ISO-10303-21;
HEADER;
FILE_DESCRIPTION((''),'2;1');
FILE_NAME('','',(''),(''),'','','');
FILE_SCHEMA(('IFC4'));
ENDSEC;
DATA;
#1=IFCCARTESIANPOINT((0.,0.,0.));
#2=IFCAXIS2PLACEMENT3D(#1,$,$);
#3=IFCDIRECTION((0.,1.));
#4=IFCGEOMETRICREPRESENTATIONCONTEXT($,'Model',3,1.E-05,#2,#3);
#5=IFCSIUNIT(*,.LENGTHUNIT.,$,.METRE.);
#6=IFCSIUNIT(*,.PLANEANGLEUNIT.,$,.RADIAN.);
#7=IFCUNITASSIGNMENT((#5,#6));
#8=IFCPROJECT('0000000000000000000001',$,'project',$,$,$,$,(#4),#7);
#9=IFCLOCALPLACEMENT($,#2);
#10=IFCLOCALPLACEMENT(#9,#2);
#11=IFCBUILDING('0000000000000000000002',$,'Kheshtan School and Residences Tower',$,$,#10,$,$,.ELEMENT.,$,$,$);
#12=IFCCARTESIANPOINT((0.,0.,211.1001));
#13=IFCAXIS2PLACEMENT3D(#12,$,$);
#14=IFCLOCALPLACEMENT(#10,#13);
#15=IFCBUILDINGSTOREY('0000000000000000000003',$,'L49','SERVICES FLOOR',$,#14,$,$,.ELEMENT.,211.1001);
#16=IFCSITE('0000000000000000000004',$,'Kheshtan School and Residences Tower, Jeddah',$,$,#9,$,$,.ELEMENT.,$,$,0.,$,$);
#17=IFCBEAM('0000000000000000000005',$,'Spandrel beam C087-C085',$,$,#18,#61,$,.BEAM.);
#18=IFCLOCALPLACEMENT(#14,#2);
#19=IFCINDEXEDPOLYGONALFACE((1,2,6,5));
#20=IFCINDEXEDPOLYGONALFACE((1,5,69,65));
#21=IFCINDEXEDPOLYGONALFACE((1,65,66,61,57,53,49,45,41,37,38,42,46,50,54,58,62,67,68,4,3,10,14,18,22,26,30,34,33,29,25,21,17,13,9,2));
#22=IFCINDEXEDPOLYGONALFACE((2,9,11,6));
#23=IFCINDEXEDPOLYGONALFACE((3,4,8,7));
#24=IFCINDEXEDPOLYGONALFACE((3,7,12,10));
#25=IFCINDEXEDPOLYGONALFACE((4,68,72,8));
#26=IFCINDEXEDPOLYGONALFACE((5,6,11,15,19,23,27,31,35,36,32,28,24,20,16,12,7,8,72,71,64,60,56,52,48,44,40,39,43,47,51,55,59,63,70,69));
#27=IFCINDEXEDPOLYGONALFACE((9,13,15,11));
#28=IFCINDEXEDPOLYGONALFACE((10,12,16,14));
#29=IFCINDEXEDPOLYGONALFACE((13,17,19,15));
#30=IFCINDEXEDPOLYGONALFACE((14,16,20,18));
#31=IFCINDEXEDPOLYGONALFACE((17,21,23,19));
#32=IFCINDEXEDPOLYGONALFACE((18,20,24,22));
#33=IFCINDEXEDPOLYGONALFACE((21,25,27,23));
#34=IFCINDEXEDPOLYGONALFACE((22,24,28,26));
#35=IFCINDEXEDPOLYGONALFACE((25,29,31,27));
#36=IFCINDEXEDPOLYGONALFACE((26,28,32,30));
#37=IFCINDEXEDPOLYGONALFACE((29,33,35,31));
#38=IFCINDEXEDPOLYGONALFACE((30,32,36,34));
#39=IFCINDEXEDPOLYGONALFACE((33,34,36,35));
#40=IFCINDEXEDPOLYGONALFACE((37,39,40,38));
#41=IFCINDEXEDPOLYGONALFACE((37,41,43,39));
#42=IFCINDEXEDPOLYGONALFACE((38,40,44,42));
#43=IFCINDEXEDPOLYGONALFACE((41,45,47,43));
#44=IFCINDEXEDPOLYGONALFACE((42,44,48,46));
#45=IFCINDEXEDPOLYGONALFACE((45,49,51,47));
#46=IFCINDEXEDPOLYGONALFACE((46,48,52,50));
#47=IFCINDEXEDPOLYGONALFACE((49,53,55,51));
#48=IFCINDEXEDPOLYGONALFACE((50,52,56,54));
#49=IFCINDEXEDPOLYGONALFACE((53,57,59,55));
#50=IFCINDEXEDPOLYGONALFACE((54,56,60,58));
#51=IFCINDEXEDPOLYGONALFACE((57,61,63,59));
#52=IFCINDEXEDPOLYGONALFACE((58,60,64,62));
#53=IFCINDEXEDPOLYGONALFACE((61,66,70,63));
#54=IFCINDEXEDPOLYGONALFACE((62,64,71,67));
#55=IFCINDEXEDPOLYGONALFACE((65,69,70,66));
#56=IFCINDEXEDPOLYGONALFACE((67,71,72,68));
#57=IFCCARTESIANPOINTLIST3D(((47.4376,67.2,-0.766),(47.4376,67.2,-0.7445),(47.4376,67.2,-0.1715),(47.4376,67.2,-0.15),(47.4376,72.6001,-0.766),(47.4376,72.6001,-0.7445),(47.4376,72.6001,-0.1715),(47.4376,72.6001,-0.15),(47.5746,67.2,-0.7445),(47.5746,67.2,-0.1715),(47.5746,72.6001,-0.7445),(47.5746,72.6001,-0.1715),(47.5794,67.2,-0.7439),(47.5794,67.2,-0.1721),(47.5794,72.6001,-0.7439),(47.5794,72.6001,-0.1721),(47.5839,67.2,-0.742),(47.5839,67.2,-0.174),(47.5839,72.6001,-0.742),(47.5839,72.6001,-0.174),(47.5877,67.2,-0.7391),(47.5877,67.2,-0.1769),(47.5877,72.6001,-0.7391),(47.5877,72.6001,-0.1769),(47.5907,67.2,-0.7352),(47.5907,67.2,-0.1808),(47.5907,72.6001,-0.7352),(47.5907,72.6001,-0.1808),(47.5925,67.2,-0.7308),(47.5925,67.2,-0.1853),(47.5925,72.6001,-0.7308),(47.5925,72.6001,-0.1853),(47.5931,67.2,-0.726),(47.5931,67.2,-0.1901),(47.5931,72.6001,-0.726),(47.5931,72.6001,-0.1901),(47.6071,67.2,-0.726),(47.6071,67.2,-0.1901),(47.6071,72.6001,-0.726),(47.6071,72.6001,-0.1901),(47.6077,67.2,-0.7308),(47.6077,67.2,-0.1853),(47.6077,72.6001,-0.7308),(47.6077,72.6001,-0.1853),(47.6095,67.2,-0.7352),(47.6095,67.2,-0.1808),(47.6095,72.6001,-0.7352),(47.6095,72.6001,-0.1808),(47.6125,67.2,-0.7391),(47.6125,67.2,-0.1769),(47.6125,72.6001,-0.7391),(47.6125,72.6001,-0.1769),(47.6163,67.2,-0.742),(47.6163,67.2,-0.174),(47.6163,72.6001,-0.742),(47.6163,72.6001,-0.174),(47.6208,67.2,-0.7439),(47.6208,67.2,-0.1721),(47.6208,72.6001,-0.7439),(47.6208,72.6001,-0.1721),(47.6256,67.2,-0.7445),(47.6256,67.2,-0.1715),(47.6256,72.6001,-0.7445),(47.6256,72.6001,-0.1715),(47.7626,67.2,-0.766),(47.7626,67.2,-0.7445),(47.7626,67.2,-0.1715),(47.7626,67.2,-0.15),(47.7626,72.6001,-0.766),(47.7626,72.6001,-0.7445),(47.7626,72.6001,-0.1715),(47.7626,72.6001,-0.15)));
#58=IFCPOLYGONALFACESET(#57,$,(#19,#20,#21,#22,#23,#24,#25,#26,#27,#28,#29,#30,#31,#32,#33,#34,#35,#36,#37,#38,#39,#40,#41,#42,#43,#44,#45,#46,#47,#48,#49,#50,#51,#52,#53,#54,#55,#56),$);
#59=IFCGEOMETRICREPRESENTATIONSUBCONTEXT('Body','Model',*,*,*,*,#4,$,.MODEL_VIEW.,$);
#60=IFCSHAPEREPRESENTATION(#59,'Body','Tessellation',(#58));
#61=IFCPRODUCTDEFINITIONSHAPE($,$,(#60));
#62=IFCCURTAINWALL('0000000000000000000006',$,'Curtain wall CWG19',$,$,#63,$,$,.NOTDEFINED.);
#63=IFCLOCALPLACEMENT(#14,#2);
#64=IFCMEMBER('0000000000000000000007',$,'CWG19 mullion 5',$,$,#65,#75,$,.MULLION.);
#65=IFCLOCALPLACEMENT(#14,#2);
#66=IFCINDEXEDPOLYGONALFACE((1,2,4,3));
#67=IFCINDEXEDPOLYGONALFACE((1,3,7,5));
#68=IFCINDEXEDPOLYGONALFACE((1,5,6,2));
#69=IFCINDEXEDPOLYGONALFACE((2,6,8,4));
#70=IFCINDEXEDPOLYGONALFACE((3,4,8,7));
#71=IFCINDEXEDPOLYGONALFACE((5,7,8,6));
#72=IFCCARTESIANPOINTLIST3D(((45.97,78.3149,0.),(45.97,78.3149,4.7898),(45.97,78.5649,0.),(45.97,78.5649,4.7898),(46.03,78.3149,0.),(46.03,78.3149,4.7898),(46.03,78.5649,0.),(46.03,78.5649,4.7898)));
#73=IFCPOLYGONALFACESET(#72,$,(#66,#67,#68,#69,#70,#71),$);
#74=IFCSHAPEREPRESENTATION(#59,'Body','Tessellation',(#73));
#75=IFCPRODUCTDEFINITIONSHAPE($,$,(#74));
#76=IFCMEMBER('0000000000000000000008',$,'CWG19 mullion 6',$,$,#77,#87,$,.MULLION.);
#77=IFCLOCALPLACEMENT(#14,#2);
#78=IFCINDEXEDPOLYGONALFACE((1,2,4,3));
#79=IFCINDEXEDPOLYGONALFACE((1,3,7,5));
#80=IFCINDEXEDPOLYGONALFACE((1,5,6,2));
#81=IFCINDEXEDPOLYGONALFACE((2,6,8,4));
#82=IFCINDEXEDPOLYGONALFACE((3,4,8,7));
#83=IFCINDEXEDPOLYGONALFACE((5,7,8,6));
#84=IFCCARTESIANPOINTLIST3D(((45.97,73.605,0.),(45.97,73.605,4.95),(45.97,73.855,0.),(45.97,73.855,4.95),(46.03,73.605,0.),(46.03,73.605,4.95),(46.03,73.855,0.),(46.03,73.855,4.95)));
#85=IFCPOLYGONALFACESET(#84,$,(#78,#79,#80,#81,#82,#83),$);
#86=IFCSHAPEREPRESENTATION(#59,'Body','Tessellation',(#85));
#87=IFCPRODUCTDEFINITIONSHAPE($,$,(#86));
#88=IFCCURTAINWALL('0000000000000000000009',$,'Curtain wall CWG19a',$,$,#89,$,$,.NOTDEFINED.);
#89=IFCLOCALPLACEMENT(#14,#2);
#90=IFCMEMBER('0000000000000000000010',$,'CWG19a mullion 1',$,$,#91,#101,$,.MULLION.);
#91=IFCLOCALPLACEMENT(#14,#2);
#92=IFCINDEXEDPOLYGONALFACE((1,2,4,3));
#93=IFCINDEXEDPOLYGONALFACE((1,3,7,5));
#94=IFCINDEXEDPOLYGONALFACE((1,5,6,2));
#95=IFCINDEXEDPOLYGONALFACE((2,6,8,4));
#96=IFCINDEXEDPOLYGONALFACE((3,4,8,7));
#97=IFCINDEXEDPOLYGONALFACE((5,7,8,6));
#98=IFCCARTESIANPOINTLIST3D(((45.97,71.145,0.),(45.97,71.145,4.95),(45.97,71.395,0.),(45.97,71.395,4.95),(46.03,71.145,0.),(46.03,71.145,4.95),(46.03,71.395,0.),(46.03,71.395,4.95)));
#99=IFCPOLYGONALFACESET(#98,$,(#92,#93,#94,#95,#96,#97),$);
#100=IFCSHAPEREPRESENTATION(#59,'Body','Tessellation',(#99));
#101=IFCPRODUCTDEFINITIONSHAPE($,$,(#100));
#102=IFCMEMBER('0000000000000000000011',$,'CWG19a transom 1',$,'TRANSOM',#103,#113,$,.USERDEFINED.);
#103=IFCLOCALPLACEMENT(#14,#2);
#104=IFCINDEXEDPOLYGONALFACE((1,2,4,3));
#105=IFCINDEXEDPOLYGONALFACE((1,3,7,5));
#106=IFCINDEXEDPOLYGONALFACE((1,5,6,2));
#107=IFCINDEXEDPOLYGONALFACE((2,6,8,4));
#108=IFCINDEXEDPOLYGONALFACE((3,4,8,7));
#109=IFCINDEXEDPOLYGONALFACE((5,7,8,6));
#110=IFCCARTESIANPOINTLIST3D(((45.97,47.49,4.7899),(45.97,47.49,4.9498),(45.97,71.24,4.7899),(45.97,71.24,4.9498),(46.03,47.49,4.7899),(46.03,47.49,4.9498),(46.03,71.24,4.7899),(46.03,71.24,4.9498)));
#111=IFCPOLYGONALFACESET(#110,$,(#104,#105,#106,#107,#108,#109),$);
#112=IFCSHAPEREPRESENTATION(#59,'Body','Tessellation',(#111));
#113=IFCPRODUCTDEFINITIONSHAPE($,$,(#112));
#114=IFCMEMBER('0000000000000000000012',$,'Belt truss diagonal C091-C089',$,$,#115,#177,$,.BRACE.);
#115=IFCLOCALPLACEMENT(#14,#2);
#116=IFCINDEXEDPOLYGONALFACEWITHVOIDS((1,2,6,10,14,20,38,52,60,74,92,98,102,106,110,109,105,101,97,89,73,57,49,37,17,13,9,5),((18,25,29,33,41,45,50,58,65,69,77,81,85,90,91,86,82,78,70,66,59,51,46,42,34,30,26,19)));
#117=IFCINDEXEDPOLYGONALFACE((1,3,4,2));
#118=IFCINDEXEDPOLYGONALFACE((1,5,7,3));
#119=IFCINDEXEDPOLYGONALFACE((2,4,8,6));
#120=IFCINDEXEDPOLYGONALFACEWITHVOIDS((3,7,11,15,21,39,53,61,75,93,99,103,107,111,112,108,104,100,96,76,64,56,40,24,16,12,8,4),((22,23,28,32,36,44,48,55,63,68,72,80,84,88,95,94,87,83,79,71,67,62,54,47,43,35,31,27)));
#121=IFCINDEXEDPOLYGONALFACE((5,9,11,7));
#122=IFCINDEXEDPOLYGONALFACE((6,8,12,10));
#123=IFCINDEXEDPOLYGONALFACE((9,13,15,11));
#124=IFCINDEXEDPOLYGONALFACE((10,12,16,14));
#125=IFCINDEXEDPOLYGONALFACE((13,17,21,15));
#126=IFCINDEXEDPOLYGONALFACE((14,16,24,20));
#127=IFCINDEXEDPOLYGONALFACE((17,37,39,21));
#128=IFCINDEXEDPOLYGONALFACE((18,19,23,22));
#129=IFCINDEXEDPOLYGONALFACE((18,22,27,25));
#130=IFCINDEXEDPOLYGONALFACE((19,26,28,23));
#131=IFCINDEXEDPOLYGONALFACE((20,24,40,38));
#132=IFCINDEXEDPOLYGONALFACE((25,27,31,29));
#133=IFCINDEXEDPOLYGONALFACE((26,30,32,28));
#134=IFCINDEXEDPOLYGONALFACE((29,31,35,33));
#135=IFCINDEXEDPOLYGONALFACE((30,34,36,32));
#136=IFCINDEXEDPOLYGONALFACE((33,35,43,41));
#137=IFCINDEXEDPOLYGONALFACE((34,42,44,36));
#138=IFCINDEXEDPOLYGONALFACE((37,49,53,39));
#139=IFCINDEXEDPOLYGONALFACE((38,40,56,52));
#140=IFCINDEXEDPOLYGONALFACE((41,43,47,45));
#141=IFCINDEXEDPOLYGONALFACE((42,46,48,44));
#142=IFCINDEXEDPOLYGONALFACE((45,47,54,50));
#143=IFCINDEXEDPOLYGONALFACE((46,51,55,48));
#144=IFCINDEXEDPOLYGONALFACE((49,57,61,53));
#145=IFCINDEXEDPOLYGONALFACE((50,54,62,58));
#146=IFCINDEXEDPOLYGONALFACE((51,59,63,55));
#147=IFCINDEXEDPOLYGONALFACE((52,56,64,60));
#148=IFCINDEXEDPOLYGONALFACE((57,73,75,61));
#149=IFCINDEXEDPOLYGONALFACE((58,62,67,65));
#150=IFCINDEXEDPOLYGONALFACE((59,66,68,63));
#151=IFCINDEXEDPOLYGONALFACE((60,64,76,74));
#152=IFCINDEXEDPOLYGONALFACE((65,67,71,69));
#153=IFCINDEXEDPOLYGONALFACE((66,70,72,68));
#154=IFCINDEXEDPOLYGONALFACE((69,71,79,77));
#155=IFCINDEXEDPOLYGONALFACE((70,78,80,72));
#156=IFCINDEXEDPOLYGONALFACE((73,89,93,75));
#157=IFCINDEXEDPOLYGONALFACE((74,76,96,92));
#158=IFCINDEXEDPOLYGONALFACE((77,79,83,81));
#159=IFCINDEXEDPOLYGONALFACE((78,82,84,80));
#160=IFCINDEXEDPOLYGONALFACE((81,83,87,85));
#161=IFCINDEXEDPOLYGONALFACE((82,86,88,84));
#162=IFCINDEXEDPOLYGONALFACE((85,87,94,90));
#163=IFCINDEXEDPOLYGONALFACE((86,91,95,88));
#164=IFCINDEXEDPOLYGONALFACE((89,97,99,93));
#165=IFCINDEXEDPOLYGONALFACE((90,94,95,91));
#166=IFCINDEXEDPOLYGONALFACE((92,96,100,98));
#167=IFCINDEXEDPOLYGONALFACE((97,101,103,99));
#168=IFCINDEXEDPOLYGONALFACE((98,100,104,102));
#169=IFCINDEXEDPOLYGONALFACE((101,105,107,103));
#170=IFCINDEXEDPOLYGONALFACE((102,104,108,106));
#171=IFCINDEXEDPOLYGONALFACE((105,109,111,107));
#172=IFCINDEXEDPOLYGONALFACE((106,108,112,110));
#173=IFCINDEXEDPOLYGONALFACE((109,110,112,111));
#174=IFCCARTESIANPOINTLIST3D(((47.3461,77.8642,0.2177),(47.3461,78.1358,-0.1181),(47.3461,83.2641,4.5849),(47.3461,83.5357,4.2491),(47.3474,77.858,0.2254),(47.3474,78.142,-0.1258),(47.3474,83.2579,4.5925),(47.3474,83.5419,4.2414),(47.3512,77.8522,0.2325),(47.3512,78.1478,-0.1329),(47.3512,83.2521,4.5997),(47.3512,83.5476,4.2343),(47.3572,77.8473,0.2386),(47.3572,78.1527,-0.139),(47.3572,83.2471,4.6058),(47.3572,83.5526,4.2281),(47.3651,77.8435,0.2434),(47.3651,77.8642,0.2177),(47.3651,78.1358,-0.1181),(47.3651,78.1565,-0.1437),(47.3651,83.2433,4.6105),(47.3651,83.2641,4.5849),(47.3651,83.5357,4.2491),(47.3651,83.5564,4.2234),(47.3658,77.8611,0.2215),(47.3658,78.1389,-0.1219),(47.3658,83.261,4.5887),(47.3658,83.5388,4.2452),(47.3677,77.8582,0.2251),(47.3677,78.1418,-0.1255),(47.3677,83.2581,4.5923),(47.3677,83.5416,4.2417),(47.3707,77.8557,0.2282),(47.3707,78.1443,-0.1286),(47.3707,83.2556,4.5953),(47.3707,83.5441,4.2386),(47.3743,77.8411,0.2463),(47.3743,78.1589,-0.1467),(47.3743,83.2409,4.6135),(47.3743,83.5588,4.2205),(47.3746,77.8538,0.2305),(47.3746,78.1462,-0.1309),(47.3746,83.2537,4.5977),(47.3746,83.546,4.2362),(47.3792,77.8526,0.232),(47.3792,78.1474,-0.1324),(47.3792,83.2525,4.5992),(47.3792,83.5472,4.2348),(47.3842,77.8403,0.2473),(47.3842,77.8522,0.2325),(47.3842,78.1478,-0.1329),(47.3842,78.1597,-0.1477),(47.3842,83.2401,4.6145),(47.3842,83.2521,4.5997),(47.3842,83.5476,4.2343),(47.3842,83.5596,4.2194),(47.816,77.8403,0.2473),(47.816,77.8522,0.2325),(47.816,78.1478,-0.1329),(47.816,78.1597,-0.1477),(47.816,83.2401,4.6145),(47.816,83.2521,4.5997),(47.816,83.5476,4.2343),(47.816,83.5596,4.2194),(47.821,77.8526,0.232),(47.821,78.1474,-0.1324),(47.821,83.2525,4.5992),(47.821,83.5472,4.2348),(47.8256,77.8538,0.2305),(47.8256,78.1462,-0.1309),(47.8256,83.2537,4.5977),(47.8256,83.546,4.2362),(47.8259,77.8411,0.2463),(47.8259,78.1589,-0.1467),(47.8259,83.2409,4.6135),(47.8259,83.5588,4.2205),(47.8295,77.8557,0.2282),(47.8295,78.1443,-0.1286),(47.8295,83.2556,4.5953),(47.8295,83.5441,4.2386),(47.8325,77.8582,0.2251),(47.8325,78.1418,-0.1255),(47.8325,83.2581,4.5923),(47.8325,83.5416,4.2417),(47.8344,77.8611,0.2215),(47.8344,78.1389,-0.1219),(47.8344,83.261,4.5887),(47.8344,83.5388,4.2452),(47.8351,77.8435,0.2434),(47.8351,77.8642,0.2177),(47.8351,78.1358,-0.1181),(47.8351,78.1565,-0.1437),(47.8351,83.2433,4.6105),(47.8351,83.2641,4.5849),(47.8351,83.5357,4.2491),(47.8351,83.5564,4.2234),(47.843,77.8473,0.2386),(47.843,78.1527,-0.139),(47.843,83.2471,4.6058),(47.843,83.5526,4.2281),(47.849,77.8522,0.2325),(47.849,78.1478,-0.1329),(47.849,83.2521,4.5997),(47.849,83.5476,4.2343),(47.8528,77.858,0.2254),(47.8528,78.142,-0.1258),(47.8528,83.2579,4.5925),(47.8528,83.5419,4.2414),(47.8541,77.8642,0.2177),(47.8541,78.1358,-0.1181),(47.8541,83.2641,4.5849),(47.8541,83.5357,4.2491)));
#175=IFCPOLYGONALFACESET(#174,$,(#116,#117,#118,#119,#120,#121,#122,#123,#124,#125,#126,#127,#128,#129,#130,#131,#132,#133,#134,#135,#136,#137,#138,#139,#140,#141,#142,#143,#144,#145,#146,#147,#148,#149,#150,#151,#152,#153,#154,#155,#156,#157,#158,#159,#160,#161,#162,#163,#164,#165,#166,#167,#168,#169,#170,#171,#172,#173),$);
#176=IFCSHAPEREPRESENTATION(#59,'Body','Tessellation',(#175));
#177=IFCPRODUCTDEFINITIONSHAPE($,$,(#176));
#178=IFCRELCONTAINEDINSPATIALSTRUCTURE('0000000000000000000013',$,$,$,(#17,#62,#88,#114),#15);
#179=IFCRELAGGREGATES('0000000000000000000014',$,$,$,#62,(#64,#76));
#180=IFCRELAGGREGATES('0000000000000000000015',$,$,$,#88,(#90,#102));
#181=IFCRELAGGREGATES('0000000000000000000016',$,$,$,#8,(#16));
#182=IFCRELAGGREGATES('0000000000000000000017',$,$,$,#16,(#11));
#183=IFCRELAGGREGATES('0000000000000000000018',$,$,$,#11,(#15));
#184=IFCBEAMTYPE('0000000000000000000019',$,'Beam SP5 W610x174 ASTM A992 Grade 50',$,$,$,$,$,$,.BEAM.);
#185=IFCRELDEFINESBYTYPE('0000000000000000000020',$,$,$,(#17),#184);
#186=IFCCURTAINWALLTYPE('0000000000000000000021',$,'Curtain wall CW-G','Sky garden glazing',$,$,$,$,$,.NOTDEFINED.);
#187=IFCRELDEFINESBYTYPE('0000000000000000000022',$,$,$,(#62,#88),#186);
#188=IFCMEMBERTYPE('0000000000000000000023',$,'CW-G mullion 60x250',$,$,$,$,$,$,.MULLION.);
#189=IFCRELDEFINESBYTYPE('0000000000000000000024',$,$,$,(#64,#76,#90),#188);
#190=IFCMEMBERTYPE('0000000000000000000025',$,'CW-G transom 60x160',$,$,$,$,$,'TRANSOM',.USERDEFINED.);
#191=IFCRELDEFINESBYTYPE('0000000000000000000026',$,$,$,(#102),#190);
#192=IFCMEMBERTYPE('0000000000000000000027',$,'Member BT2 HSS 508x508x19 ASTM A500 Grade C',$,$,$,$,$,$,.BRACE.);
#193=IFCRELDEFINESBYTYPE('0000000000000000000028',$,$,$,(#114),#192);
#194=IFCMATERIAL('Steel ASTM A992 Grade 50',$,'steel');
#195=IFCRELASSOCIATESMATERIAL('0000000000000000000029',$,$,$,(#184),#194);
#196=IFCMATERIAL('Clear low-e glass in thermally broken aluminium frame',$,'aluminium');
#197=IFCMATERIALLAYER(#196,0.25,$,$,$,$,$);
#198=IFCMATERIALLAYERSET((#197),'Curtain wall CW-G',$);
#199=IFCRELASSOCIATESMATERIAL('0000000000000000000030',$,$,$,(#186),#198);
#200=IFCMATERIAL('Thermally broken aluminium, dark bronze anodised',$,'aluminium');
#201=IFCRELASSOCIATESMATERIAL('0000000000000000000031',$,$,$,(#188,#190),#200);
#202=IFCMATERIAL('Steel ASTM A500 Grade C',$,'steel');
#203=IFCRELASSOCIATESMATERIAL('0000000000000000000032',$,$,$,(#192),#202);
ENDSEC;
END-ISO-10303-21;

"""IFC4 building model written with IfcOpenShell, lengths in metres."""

from ifc_helpers import new_model, si_unit, direction, frame, origin, origin_2d, place, context, subcontext, project, spatial, rectangle, hollow_rectangle, i_section, extrude, material, layer, layer_set, material_profile, profile_set, type_object, element, aggregate, save


model = new_model("IFC4")

# Units and contexts
model_context = context("Model", 3, precision=1e-05, world=origin(), true_north=direction((0.0, 1.0)))
body_context = subcontext(model_context, "Body", "Model", "MODEL_VIEW")
ifc_project = project(units=[si_unit("LENGTHUNIT", "METRE"), si_unit("PLANEANGLEUNIT", "RADIAN")], contexts=[model_context])

# Site, building, storey
site_placement = place(None, origin())
site = spatial("IfcSite", under=ifc_project, at=site_placement, Name="Kheshtan School and Residences Tower, Jeddah", CompositionType="ELEMENT", RefElevation=0.0)
building_placement = place(site_placement, origin())
building = spatial("IfcBuilding", under=site, at=building_placement, Name="Kheshtan School and Residences Tower", CompositionType="ELEMENT")
storey_placement = place(building_placement, frame((0.0, 0.0, 211.1001)))
storey = spatial("IfcBuildingStorey", under=building, at=storey_placement, Name="L49", Description="SERVICES FLOOR", CompositionType="ELEMENT", Elevation=211.1001)

# Shared definitions
ifc_material_1 = material(Name="Steel ASTM A992 Grade 50", Category="steel")

# Beam
ifc_material_profile_1 = material_profile(ifc_material_1, i_section(OverallWidth=0.325, OverallDepth=0.616, WebThickness=0.0139, FlangeThickness=0.0215, FilletRadius=0.0186, at=origin_2d()), Name="W610x174")
ifc_profile_set_1 = profile_set([ifc_material_profile_1], Name="Steel ASTM A992 Grade 50")
beam_type_1 = type_object("IfcBeamType", Name="Beam SP5 W610x174 ASTM A992 Grade 50", PredefinedType="BEAM", material=ifc_profile_set_1)
beam_1_placement = place(storey_placement, frame((47.6001, 72.6001, -0.458), z_axis=(0.0, -1.0, 0.0), x_axis=(1.0, 0.0, 0.0)))
element("IfcBeam", 1, at=beam_1_placement, inside=storey, type_object=beam_type_1, Name="Spandrel beam C087-C085", PredefinedType="BEAM", context=body_context, shape_type="SweptSolid", body=[
    extrude(i_section(OverallWidth=0.325, OverallDepth=0.616, WebThickness=0.0139, FlangeThickness=0.0215, FilletRadius=0.0186, at=origin_2d()), origin(), (0.0, 0.0, 1.0), 5.4001),
])

# Curtain walls, members
ifc_material_2 = material(Name="Clear low-e glass in thermally broken aluminium frame", Category="aluminium")
ifc_layer_1 = layer(ifc_material_2, 0.25)
ifc_layer_set_1 = layer_set([ifc_layer_1], Name="Curtain wall CW-G")
curtain_wall_type = type_object("IfcCurtainWallType", Name="Curtain wall CW-G", Description="Sky garden glazing", PredefinedType="NOTDEFINED", material=ifc_layer_set_1)
curtain_wall_1_placement = place(storey_placement, origin())
curtain_wall_1 = element("IfcCurtainWall", 2, at=curtain_wall_1_placement, inside=storey, type_object=curtain_wall_type, Name="Curtain wall CWG19", PredefinedType="NOTDEFINED")
ifc_material_3 = material(Name="Thermally broken aluminium, dark bronze anodised", Category="aluminium")
ifc_material_profile_2 = material_profile(ifc_material_3, rectangle(XDim=0.0601, YDim=0.25, at=origin_2d()), Name="CW-G mullion 60x250")
ifc_profile_set_2 = profile_set([ifc_material_profile_2], Name="Thermally broken aluminium, dark bronze anodised")
member_type_1 = type_object("IfcMemberType", Name="CW-G mullion 60x250", PredefinedType="MULLION", material=ifc_profile_set_2)
member_1_placement = place(storey_placement, frame((46.0, 78.4399, 0.0), z_axis=(0.0, 0.0, 1.0), x_axis=(1.0, 0.0, 0.0)))
member_1 = element("IfcMember", 3, at=member_1_placement, type_object=member_type_1, Name="CWG19 mullion 5", PredefinedType="MULLION", context=body_context, shape_type="SweptSolid", body=[
    extrude(rectangle(XDim=0.0601, YDim=0.25, at=origin_2d()), origin(), (0.0, 0.0, 1.0), 4.7898),
])
member_2_placement = place(storey_placement, frame((46.0, 73.73, 0.0), z_axis=(0.0, 0.0, 1.0), x_axis=(1.0, 0.0, 0.0)))
member_2 = element("IfcMember", 4, at=member_2_placement, type_object=member_type_1, Name="CWG19 mullion 6", PredefinedType="MULLION", context=body_context, shape_type="SweptSolid", body=[
    extrude(rectangle(XDim=0.0601, YDim=0.25, at=origin_2d()), origin(), (0.0, 0.0, 1.0), 4.95),
])
curtain_wall_2_placement = place(storey_placement, origin())
curtain_wall_2 = element("IfcCurtainWall", 5, at=curtain_wall_2_placement, inside=storey, type_object=curtain_wall_type, Name="Curtain wall CWG19a", PredefinedType="NOTDEFINED")
member_3_placement = place(storey_placement, frame((46.0, 71.27, 0.0), z_axis=(0.0, 0.0, 1.0), x_axis=(1.0, 0.0, 0.0)))
member_3 = element("IfcMember", 6, at=member_3_placement, type_object=member_type_1, Name="CWG19a mullion 1", PredefinedType="MULLION", context=body_context, shape_type="SweptSolid", body=[
    extrude(rectangle(XDim=0.0601, YDim=0.25, at=origin_2d()), origin(), (0.0, 0.0, 1.0), 4.95),
])
ifc_material_profile_3 = material_profile(ifc_material_3, rectangle(XDim=0.0601, YDim=0.1599, at=origin_2d()), Name="CW-G transom 60x160")
ifc_profile_set_3 = profile_set([ifc_material_profile_3], Name="Thermally broken aluminium, dark bronze anodised")
member_type_2 = type_object("IfcMemberType", Name="CW-G transom 60x160", ElementType="TRANSOM", PredefinedType="USERDEFINED", material=ifc_profile_set_3)
member_4_placement = place(storey_placement, frame((46.0, 71.24, 4.8699), z_axis=(0.0, -1.0, 0.0), x_axis=(1.0, 0.0, 0.0)))
member_4 = element("IfcMember", 7, at=member_4_placement, type_object=member_type_2, Name="CWG19a transom 1", ObjectType="TRANSOM", PredefinedType="USERDEFINED", context=body_context, shape_type="SweptSolid", body=[
    extrude(rectangle(XDim=0.0601, YDim=0.1599, at=origin_2d()), origin(), (0.0, 0.0, 1.0), 23.75),
])

# Member
ifc_material_4 = material(Name="Steel ASTM A500 Grade C", Category="steel")
ifc_material_profile_4 = material_profile(ifc_material_4, hollow_rectangle(XDim=0.5081, YDim=0.5081, WallThickness=0.019, InnerFilletRadius=0.019, OuterFilletRadius=0.0381, at=origin_2d()), Name="HSS 508x508x19")
ifc_profile_set_4 = profile_set([ifc_material_profile_4], Name="Steel ASTM A500 Grade C")
member_type_3 = type_object("IfcMemberType", Name="Member BT2 HSS 508x508x19 ASTM A500 Grade C", PredefinedType="BRACE", material=ifc_profile_set_4)
for number, where, z_axis, x_axis, name in (
    (8, (47.6001, 78.0, 0.0498), (0.0, 0.777538, 0.628836), (-1.0, 0.0, 0.0), "Belt truss diagonal C091-C089"),
):
    element("IfcMember", number, at=place(storey_placement, frame(where, z_axis=z_axis, x_axis=x_axis)), inside=storey, type_object=member_type_3, Name=name, PredefinedType="BRACE", context=body_context, shape_type="SweptSolid", body=[
        extrude(hollow_rectangle(XDim=0.5081, YDim=0.5081, WallThickness=0.019, InnerFilletRadius=0.019, OuterFilletRadius=0.0381, at=origin_2d()), origin(), (0.0, 0.0, 1.0), 6.9448),
    ])

aggregate(curtain_wall_1, [member_1, member_2])
aggregate(curtain_wall_2, [member_3, member_4])

save(model, "model.ifc")
